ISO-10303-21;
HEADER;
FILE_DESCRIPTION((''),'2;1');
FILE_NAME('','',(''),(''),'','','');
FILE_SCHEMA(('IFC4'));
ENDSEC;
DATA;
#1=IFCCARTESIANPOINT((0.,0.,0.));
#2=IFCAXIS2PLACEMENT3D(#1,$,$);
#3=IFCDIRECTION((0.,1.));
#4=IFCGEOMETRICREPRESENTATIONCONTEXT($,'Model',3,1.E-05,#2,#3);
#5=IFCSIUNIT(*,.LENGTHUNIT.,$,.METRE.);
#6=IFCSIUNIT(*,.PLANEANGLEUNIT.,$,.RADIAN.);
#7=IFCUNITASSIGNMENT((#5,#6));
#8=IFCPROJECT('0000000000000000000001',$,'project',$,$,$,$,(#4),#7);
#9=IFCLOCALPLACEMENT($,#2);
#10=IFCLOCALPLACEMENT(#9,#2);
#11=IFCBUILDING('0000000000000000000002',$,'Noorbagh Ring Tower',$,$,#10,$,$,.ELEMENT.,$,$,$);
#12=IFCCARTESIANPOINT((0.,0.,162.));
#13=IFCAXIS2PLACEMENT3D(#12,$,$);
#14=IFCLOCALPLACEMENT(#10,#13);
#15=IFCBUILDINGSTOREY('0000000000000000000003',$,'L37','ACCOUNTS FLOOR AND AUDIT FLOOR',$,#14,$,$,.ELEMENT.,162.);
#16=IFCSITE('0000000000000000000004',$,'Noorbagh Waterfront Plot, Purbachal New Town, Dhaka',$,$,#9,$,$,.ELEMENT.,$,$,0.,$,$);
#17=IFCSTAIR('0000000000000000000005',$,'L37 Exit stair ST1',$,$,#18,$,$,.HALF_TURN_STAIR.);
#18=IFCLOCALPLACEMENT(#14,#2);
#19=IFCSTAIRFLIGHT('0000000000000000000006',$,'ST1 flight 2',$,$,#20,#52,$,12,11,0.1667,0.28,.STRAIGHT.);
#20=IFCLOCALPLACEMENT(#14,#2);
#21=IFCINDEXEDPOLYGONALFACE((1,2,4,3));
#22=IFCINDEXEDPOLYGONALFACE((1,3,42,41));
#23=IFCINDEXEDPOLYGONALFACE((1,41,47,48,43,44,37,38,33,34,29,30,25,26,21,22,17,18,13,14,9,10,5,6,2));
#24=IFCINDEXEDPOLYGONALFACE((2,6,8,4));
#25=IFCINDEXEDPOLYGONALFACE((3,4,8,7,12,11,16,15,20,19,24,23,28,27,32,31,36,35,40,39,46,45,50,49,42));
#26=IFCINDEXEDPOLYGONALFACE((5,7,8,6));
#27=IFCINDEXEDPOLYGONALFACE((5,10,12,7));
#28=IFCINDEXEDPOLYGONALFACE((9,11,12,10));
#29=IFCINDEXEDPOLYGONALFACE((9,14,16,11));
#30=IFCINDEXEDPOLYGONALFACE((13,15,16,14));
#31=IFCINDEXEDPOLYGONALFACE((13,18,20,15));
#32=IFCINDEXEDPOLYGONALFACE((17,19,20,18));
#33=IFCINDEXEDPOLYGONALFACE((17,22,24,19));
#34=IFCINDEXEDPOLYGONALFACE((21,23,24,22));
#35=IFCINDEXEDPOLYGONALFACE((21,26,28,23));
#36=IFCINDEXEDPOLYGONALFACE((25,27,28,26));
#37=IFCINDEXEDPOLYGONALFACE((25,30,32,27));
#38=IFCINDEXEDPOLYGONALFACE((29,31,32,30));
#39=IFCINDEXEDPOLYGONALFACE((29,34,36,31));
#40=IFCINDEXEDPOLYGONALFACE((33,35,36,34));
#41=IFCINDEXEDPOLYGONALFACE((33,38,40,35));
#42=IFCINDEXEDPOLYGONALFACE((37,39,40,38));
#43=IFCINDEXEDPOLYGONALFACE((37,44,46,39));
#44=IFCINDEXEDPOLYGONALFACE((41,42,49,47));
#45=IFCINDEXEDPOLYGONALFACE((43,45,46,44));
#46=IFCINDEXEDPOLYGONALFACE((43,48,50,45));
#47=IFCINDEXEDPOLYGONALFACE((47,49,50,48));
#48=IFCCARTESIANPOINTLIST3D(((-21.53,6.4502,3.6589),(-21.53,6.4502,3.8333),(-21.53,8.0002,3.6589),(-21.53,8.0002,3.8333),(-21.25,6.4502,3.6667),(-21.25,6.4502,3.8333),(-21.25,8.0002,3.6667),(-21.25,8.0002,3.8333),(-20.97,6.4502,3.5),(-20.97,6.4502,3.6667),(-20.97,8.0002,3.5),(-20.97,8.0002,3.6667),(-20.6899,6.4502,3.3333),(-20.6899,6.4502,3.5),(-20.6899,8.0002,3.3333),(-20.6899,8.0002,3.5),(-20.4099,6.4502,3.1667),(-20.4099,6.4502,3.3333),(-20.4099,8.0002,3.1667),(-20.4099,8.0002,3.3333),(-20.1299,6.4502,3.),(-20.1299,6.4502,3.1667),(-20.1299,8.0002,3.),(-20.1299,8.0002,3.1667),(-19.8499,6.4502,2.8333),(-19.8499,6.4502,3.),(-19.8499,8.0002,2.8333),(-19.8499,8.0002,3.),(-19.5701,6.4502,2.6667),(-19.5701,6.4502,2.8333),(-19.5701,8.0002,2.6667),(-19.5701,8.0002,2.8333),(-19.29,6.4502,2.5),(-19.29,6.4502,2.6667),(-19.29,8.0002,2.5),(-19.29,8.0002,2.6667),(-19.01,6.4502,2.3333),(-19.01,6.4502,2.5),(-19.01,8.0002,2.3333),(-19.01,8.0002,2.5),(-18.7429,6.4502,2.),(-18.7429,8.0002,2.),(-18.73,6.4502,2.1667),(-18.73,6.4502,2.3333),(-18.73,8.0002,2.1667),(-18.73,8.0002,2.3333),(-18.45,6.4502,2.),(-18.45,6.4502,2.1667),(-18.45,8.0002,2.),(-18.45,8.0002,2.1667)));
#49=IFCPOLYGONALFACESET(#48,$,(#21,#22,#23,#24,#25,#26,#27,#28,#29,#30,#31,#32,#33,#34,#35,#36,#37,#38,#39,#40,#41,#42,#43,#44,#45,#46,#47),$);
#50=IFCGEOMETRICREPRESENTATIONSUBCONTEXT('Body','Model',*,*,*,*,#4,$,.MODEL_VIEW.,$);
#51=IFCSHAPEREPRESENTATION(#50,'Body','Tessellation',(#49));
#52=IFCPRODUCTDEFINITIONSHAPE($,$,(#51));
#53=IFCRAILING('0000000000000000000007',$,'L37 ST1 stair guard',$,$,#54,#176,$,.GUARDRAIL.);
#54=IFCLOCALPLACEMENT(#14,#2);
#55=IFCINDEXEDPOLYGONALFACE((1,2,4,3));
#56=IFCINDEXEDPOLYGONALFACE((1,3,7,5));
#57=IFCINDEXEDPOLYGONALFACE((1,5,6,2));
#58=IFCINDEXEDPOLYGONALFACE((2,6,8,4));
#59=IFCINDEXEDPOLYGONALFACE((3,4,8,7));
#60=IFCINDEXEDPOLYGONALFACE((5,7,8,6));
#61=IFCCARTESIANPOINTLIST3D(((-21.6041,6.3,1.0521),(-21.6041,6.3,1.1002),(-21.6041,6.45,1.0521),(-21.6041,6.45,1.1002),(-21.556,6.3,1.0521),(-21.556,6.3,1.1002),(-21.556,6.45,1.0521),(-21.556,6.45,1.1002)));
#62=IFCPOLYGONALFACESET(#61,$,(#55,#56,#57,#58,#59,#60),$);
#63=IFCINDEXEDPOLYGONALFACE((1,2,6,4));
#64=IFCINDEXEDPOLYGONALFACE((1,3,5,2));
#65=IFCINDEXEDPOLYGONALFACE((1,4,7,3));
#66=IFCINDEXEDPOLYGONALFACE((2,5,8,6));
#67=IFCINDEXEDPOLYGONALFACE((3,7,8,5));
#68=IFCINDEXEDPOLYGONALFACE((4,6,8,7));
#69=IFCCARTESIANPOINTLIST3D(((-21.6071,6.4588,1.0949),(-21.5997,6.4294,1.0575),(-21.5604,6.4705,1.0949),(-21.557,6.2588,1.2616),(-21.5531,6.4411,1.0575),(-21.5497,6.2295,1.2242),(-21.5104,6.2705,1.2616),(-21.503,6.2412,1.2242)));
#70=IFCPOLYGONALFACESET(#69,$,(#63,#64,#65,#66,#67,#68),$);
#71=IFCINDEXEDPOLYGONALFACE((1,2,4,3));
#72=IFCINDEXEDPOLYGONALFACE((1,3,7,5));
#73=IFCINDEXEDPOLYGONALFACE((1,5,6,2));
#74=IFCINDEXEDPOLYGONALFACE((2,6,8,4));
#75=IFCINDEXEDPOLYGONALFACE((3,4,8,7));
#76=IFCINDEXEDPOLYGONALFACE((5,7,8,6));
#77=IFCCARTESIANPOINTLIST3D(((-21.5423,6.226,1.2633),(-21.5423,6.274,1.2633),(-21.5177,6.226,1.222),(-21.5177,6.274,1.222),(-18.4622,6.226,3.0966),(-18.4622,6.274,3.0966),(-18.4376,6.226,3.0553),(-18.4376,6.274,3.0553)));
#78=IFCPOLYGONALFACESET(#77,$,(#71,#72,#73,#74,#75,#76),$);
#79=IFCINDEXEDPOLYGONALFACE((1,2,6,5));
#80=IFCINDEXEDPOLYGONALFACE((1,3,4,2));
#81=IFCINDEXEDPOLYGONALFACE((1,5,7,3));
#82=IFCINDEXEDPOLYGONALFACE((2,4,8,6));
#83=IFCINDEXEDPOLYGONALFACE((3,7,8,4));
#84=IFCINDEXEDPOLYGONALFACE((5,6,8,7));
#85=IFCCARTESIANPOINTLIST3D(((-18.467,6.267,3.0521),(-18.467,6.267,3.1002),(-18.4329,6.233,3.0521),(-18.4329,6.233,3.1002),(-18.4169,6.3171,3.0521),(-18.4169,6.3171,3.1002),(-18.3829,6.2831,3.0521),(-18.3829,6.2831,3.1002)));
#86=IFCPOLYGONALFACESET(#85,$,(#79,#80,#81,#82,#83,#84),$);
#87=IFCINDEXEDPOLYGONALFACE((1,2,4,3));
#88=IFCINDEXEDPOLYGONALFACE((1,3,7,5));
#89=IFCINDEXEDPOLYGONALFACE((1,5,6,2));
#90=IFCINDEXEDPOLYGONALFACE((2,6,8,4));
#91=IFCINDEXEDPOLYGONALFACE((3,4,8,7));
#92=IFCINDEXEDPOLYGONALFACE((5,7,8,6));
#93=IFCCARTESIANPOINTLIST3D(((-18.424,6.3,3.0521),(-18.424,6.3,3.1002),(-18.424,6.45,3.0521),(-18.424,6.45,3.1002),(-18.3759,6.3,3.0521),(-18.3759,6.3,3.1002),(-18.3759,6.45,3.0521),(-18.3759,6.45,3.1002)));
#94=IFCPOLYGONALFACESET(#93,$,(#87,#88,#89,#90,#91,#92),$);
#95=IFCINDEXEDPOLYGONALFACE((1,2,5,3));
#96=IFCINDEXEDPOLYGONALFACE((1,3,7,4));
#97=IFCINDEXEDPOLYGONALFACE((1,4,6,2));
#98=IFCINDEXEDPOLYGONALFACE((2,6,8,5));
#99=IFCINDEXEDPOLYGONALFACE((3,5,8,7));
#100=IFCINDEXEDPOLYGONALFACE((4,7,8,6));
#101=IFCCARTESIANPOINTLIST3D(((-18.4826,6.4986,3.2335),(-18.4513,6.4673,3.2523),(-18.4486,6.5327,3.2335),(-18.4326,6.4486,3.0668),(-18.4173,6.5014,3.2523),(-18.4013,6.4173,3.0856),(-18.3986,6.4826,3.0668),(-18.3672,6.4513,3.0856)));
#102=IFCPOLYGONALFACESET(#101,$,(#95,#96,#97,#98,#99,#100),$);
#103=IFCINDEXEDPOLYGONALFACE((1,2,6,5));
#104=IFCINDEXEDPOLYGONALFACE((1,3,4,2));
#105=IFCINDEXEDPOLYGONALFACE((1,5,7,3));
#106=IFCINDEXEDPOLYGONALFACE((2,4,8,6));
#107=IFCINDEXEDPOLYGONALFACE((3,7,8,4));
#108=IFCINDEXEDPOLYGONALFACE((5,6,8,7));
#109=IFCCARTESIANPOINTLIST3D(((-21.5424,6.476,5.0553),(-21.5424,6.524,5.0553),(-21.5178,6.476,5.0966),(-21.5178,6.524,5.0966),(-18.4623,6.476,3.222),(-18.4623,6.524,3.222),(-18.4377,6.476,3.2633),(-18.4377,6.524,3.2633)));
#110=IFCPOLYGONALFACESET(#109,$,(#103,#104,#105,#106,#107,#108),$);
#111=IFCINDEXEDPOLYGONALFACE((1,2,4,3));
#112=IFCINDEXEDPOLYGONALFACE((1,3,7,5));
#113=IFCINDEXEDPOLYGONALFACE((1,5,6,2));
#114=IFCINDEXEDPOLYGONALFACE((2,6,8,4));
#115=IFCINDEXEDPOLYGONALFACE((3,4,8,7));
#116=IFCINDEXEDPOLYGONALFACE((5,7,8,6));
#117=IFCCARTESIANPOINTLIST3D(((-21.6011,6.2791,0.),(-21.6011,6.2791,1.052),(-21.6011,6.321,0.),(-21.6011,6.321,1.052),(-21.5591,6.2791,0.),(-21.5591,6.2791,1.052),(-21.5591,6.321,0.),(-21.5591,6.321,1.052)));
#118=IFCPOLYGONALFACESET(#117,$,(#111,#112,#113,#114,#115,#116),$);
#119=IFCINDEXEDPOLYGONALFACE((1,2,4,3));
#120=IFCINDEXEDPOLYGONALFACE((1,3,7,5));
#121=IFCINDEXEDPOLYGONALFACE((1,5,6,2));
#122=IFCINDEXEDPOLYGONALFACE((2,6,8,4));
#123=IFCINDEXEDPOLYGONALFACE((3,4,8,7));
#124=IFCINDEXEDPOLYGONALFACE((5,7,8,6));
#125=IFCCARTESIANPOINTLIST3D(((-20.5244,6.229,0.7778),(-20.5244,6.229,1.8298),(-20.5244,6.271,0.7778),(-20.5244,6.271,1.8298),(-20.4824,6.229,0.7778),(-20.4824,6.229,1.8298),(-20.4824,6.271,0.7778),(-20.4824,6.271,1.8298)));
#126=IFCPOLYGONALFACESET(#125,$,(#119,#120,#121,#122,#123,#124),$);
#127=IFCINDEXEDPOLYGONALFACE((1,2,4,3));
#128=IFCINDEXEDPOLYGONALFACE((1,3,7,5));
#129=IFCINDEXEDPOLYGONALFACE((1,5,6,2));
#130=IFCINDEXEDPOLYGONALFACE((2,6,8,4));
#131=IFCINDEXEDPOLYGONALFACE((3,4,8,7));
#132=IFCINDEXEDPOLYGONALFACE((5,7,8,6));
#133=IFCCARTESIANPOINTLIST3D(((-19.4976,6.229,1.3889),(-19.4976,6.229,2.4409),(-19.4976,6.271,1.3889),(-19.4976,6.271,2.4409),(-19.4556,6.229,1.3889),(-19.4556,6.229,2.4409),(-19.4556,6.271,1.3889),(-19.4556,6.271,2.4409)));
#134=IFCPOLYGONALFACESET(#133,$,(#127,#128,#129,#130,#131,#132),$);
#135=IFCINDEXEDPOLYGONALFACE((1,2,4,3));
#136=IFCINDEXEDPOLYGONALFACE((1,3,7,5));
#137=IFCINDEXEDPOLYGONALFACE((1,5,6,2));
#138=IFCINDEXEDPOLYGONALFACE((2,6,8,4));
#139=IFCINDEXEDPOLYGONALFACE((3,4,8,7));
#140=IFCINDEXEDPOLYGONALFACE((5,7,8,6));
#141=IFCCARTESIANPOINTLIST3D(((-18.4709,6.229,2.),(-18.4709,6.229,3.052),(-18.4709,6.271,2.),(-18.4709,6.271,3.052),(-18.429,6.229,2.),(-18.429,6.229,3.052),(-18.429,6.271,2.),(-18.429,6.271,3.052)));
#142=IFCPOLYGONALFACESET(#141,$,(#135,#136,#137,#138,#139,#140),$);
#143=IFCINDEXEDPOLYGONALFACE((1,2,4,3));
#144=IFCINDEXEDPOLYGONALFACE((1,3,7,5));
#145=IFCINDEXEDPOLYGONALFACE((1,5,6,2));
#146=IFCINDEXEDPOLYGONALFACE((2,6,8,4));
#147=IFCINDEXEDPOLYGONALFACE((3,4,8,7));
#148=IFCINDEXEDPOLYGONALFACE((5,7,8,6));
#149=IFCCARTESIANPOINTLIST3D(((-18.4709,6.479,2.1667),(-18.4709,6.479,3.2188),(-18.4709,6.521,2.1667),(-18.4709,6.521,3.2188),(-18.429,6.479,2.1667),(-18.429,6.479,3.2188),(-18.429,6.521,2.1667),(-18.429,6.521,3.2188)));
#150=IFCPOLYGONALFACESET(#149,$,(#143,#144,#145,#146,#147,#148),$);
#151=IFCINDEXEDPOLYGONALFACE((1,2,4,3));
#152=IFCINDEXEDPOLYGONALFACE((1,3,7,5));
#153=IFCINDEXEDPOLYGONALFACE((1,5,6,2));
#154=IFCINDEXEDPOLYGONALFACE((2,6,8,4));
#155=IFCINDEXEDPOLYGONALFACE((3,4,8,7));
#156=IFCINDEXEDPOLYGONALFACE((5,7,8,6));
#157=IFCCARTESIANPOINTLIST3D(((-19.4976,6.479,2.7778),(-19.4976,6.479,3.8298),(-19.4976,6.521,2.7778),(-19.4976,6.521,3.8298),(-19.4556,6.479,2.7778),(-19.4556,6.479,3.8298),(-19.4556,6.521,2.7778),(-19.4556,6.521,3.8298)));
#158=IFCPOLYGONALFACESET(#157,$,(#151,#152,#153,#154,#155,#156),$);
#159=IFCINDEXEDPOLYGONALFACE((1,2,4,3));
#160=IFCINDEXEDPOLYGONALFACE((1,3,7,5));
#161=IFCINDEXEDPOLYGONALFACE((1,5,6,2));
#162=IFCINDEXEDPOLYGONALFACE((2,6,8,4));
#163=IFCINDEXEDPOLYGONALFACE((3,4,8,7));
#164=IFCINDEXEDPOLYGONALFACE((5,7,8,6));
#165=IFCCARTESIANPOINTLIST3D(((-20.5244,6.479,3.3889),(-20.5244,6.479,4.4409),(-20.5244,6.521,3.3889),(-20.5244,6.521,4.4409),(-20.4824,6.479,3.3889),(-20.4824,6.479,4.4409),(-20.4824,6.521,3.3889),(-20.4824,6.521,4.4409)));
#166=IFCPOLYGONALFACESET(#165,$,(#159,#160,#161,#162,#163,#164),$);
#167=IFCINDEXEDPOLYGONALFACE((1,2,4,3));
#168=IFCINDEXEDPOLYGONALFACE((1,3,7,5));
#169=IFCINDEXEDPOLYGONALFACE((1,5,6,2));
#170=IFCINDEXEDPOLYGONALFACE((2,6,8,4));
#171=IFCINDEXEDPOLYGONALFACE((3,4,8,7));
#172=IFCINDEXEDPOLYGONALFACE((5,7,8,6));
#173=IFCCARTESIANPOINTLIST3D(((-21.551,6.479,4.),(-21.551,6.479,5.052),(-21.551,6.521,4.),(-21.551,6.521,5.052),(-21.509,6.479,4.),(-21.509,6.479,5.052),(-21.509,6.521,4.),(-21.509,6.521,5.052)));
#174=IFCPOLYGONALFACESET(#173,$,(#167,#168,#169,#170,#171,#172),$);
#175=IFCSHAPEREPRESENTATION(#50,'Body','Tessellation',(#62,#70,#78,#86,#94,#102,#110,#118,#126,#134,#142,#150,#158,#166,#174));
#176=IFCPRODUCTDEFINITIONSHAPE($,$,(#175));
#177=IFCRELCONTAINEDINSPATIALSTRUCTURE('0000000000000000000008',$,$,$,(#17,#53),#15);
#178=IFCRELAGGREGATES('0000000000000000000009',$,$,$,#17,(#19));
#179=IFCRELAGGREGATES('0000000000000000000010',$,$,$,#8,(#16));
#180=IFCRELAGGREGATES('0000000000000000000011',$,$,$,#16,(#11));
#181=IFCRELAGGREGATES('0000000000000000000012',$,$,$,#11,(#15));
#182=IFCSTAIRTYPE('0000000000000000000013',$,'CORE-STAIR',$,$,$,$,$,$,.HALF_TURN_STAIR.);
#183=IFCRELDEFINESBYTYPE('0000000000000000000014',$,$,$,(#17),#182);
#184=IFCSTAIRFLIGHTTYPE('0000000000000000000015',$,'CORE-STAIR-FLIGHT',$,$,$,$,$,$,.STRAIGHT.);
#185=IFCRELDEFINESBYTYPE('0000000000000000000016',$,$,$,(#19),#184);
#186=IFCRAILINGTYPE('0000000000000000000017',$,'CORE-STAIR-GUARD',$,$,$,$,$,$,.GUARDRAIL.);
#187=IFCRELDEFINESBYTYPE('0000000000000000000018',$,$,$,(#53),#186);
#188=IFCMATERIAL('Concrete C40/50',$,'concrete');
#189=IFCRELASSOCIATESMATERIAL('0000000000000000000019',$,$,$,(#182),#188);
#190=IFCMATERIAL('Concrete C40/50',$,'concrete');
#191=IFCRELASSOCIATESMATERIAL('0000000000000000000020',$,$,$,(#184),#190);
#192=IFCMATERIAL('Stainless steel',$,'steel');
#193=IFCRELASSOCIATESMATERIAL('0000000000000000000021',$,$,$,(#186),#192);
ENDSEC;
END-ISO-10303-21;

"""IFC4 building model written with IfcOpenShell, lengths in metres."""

from ifc_helpers import new_model, si_unit, direction, frame, origin, origin_2d, place, context, subcontext, project, spatial, polyline, rectangle, outline, extrude, material, type_object, element, aggregate, save


model = new_model("IFC4")

# Units and contexts
model_context = context("Model", 3, precision=1e-05, world=origin(), true_north=direction((0.0, 1.0)))
body_context = subcontext(model_context, "Body", "Model", "MODEL_VIEW")
ifc_project = project(units=[si_unit("LENGTHUNIT", "METRE"), si_unit("PLANEANGLEUNIT", "RADIAN")], contexts=[model_context])

# Site, building, storey
site_placement = place(None, origin())
site = spatial("IfcSite", under=ifc_project, at=site_placement, Name="Noorbagh Waterfront Plot, Purbachal New Town, Dhaka", CompositionType="ELEMENT", RefElevation=0.0)
building_placement = place(site_placement, origin())
building = spatial("IfcBuilding", under=site, at=building_placement, Name="Noorbagh Ring Tower", CompositionType="ELEMENT")
storey_placement = place(building_placement, frame((0.0, 0.0, 162.0)))
storey = spatial("IfcBuildingStorey", under=building, at=storey_placement, Name="L37", Description="ACCOUNTS FLOOR AND AUDIT FLOOR", CompositionType="ELEMENT", Elevation=162.0)

# Stair, stair flight
ifc_material_1 = material(Name="Concrete C40/50", Category="concrete")
stair_type = type_object("IfcStairType", Name="CORE-STAIR", PredefinedType="HALF_TURN_STAIR", material=ifc_material_1)
stair_placement = place(storey_placement, origin())
stair = element("IfcStair", 1, at=stair_placement, inside=storey, type_object=stair_type, Name="L37 Exit stair ST1", PredefinedType="HALF_TURN_STAIR")
ifc_material_2 = material(Name="Concrete C40/50", Category="concrete")
stair_flight_type = type_object("IfcStairFlightType", Name="CORE-STAIR-FLIGHT", PredefinedType="STRAIGHT", material=ifc_material_2)
stair_flight_1_placement = place(storey_placement, frame((-18.45, 7.2251, 2.0), z_axis=(0.0, 0.0, 1.0), x_axis=(-1.0, 0.0, 0.0)))
stair_flight_1 = element("IfcStairFlight", 2, at=stair_flight_1_placement, type_object=stair_flight_type, Name="ST1 flight 2", NumberOfRisers=12, NumberOfTreads=11, PredefinedType="STRAIGHT", RiserHeight=0.1667, TreadLength=0.28, context=body_context, shape_type="SweptSolid", body=[
    extrude(outline(polyline([(0.0, 0.0), (0.0, 0.1667), (0.28, 0.1667), (0.28, 0.3333), (0.5601, 0.3333), (0.5601, 0.5), (0.8401, 0.5), (0.8401, 0.6667), (1.1201, 0.6667), (1.1201, 0.8333), (1.3999, 0.8333), (1.3999, 1.0), (1.6799, 1.0), (1.6799, 1.1667), (1.96, 1.1667), (1.96, 1.3333), (2.24, 1.3333), (2.24, 1.5), (2.52, 1.5), (2.52, 1.6667), (2.8, 1.6667), (2.8, 1.8333), (3.0801, 1.8333), (3.0801, 2.0), (3.0801, 1.6589), (0.293, 0.0), (0.0, 0.0)])), frame((0.0, 0.7749, 0.0), z_axis=(0.0, -1.0, 0.0), x_axis=(1.0, 0.0, 0.0)), (0.0, 0.0, 1.0), 1.55),
])
aggregate(stair, [stair_flight_1])

# Railing
ifc_material_3 = material(Name="Stainless steel", Category="steel")
railing_type_1 = type_object("IfcRailingType", Name="CORE-STAIR-GUARD", PredefinedType="GUARDRAIL", material=ifc_material_3)
railing_1_placement = place(storey_placement, frame((-21.5801, 6.3, 0.0)))
element("IfcRailing", 3, at=railing_1_placement, inside=storey, type_object=railing_type_1, Name="L37 ST1 stair guard", PredefinedType="GUARDRAIL", context=body_context, shape_type="SweptSolid", body=[
    extrude(rectangle(XDim=0.0481, YDim=0.0481, at=origin_2d()), frame((0.0, 0.0, 1.0762), z_axis=(0.0, 1.0, 0.0), x_axis=(-1.0, 0.0, 0.0)), (0.0, 0.0, 1.0), 0.1499),
    extrude(rectangle(XDim=0.0481, YDim=0.0481, at=origin_2d()), frame((0.0, 0.1499, 1.0762), z_axis=(0.188776, -0.754182, 0.628946), x_axis=(0.970073, 0.242814, 0.0)), (0.0, 0.0, 1.0), 0.2651),
    extrude(rectangle(XDim=0.0481, YDim=0.0481, at=origin_2d()), frame((0.05, -0.05, 1.2427), z_axis=(0.859309, 0.0, 0.511458), x_axis=(0.0, 1.0, 0.0)), (0.0, 0.0, 1.0), 3.5845),
    extrude(rectangle(XDim=0.0481, YDim=0.0481, at=origin_2d()), frame((3.1301, -0.05, 3.0762), z_axis=(0.707107, 0.707107, 0.0), x_axis=(-0.707107, 0.707107, 0.0)), (0.0, 0.0, 1.0), 0.0708),
    extrude(rectangle(XDim=0.0481, YDim=0.0481, at=origin_2d()), frame((3.1802, 0.0, 3.0762), z_axis=(0.0, 1.0, 0.0), x_axis=(-1.0, 0.0, 0.0)), (0.0, 0.0, 1.0), 0.1499),
    extrude(rectangle(XDim=0.0481, YDim=0.0481, at=origin_2d()), frame((3.1802, 0.1499, 3.0762), z_axis=(-0.276287, 0.276287, 0.920506), x_axis=(-0.707107, -0.707107, 0.0)), (0.0, 0.0, 1.0), 0.1812),
    extrude(rectangle(XDim=0.0481, YDim=0.0481, at=origin_2d()), frame((3.1301, 0.2, 3.2427), z_axis=(-0.859309, 0.0, 0.511458), x_axis=(0.0, -1.0, 0.0)), (0.0, 0.0, 1.0), 3.5845),
    extrude(rectangle(XDim=0.042, YDim=0.042, at=origin_2d()), origin(), (0.0, 0.0, 1.0), 1.052),
    extrude(rectangle(XDim=0.042, YDim=0.042, at=origin_2d()), frame((1.0767, -0.05, 0.7778)), (0.0, 0.0, 1.0), 1.052),
    extrude(rectangle(XDim=0.042, YDim=0.042, at=origin_2d()), frame((2.1035, -0.05, 1.3889)), (0.0, 0.0, 1.0), 1.052),
    extrude(rectangle(XDim=0.042, YDim=0.042, at=origin_2d()), frame((3.1301, -0.05, 2.0)), (0.0, 0.0, 1.0), 1.052),
    extrude(rectangle(XDim=0.042, YDim=0.042, at=origin_2d()), frame((3.1301, 0.2, 2.1667)), (0.0, 0.0, 1.0), 1.052),
    extrude(rectangle(XDim=0.042, YDim=0.042, at=origin_2d()), frame((2.1035, 0.2, 2.7778)), (0.0, 0.0, 1.0), 1.052),
    extrude(rectangle(XDim=0.042, YDim=0.042, at=origin_2d()), frame((1.0767, 0.2, 3.3889)), (0.0, 0.0, 1.0), 1.052),
    extrude(rectangle(XDim=0.042, YDim=0.042, at=origin_2d()), frame((0.05, 0.2, 4.0)), (0.0, 0.0, 1.0), 1.052),
])

save(model, "model.ifc")
